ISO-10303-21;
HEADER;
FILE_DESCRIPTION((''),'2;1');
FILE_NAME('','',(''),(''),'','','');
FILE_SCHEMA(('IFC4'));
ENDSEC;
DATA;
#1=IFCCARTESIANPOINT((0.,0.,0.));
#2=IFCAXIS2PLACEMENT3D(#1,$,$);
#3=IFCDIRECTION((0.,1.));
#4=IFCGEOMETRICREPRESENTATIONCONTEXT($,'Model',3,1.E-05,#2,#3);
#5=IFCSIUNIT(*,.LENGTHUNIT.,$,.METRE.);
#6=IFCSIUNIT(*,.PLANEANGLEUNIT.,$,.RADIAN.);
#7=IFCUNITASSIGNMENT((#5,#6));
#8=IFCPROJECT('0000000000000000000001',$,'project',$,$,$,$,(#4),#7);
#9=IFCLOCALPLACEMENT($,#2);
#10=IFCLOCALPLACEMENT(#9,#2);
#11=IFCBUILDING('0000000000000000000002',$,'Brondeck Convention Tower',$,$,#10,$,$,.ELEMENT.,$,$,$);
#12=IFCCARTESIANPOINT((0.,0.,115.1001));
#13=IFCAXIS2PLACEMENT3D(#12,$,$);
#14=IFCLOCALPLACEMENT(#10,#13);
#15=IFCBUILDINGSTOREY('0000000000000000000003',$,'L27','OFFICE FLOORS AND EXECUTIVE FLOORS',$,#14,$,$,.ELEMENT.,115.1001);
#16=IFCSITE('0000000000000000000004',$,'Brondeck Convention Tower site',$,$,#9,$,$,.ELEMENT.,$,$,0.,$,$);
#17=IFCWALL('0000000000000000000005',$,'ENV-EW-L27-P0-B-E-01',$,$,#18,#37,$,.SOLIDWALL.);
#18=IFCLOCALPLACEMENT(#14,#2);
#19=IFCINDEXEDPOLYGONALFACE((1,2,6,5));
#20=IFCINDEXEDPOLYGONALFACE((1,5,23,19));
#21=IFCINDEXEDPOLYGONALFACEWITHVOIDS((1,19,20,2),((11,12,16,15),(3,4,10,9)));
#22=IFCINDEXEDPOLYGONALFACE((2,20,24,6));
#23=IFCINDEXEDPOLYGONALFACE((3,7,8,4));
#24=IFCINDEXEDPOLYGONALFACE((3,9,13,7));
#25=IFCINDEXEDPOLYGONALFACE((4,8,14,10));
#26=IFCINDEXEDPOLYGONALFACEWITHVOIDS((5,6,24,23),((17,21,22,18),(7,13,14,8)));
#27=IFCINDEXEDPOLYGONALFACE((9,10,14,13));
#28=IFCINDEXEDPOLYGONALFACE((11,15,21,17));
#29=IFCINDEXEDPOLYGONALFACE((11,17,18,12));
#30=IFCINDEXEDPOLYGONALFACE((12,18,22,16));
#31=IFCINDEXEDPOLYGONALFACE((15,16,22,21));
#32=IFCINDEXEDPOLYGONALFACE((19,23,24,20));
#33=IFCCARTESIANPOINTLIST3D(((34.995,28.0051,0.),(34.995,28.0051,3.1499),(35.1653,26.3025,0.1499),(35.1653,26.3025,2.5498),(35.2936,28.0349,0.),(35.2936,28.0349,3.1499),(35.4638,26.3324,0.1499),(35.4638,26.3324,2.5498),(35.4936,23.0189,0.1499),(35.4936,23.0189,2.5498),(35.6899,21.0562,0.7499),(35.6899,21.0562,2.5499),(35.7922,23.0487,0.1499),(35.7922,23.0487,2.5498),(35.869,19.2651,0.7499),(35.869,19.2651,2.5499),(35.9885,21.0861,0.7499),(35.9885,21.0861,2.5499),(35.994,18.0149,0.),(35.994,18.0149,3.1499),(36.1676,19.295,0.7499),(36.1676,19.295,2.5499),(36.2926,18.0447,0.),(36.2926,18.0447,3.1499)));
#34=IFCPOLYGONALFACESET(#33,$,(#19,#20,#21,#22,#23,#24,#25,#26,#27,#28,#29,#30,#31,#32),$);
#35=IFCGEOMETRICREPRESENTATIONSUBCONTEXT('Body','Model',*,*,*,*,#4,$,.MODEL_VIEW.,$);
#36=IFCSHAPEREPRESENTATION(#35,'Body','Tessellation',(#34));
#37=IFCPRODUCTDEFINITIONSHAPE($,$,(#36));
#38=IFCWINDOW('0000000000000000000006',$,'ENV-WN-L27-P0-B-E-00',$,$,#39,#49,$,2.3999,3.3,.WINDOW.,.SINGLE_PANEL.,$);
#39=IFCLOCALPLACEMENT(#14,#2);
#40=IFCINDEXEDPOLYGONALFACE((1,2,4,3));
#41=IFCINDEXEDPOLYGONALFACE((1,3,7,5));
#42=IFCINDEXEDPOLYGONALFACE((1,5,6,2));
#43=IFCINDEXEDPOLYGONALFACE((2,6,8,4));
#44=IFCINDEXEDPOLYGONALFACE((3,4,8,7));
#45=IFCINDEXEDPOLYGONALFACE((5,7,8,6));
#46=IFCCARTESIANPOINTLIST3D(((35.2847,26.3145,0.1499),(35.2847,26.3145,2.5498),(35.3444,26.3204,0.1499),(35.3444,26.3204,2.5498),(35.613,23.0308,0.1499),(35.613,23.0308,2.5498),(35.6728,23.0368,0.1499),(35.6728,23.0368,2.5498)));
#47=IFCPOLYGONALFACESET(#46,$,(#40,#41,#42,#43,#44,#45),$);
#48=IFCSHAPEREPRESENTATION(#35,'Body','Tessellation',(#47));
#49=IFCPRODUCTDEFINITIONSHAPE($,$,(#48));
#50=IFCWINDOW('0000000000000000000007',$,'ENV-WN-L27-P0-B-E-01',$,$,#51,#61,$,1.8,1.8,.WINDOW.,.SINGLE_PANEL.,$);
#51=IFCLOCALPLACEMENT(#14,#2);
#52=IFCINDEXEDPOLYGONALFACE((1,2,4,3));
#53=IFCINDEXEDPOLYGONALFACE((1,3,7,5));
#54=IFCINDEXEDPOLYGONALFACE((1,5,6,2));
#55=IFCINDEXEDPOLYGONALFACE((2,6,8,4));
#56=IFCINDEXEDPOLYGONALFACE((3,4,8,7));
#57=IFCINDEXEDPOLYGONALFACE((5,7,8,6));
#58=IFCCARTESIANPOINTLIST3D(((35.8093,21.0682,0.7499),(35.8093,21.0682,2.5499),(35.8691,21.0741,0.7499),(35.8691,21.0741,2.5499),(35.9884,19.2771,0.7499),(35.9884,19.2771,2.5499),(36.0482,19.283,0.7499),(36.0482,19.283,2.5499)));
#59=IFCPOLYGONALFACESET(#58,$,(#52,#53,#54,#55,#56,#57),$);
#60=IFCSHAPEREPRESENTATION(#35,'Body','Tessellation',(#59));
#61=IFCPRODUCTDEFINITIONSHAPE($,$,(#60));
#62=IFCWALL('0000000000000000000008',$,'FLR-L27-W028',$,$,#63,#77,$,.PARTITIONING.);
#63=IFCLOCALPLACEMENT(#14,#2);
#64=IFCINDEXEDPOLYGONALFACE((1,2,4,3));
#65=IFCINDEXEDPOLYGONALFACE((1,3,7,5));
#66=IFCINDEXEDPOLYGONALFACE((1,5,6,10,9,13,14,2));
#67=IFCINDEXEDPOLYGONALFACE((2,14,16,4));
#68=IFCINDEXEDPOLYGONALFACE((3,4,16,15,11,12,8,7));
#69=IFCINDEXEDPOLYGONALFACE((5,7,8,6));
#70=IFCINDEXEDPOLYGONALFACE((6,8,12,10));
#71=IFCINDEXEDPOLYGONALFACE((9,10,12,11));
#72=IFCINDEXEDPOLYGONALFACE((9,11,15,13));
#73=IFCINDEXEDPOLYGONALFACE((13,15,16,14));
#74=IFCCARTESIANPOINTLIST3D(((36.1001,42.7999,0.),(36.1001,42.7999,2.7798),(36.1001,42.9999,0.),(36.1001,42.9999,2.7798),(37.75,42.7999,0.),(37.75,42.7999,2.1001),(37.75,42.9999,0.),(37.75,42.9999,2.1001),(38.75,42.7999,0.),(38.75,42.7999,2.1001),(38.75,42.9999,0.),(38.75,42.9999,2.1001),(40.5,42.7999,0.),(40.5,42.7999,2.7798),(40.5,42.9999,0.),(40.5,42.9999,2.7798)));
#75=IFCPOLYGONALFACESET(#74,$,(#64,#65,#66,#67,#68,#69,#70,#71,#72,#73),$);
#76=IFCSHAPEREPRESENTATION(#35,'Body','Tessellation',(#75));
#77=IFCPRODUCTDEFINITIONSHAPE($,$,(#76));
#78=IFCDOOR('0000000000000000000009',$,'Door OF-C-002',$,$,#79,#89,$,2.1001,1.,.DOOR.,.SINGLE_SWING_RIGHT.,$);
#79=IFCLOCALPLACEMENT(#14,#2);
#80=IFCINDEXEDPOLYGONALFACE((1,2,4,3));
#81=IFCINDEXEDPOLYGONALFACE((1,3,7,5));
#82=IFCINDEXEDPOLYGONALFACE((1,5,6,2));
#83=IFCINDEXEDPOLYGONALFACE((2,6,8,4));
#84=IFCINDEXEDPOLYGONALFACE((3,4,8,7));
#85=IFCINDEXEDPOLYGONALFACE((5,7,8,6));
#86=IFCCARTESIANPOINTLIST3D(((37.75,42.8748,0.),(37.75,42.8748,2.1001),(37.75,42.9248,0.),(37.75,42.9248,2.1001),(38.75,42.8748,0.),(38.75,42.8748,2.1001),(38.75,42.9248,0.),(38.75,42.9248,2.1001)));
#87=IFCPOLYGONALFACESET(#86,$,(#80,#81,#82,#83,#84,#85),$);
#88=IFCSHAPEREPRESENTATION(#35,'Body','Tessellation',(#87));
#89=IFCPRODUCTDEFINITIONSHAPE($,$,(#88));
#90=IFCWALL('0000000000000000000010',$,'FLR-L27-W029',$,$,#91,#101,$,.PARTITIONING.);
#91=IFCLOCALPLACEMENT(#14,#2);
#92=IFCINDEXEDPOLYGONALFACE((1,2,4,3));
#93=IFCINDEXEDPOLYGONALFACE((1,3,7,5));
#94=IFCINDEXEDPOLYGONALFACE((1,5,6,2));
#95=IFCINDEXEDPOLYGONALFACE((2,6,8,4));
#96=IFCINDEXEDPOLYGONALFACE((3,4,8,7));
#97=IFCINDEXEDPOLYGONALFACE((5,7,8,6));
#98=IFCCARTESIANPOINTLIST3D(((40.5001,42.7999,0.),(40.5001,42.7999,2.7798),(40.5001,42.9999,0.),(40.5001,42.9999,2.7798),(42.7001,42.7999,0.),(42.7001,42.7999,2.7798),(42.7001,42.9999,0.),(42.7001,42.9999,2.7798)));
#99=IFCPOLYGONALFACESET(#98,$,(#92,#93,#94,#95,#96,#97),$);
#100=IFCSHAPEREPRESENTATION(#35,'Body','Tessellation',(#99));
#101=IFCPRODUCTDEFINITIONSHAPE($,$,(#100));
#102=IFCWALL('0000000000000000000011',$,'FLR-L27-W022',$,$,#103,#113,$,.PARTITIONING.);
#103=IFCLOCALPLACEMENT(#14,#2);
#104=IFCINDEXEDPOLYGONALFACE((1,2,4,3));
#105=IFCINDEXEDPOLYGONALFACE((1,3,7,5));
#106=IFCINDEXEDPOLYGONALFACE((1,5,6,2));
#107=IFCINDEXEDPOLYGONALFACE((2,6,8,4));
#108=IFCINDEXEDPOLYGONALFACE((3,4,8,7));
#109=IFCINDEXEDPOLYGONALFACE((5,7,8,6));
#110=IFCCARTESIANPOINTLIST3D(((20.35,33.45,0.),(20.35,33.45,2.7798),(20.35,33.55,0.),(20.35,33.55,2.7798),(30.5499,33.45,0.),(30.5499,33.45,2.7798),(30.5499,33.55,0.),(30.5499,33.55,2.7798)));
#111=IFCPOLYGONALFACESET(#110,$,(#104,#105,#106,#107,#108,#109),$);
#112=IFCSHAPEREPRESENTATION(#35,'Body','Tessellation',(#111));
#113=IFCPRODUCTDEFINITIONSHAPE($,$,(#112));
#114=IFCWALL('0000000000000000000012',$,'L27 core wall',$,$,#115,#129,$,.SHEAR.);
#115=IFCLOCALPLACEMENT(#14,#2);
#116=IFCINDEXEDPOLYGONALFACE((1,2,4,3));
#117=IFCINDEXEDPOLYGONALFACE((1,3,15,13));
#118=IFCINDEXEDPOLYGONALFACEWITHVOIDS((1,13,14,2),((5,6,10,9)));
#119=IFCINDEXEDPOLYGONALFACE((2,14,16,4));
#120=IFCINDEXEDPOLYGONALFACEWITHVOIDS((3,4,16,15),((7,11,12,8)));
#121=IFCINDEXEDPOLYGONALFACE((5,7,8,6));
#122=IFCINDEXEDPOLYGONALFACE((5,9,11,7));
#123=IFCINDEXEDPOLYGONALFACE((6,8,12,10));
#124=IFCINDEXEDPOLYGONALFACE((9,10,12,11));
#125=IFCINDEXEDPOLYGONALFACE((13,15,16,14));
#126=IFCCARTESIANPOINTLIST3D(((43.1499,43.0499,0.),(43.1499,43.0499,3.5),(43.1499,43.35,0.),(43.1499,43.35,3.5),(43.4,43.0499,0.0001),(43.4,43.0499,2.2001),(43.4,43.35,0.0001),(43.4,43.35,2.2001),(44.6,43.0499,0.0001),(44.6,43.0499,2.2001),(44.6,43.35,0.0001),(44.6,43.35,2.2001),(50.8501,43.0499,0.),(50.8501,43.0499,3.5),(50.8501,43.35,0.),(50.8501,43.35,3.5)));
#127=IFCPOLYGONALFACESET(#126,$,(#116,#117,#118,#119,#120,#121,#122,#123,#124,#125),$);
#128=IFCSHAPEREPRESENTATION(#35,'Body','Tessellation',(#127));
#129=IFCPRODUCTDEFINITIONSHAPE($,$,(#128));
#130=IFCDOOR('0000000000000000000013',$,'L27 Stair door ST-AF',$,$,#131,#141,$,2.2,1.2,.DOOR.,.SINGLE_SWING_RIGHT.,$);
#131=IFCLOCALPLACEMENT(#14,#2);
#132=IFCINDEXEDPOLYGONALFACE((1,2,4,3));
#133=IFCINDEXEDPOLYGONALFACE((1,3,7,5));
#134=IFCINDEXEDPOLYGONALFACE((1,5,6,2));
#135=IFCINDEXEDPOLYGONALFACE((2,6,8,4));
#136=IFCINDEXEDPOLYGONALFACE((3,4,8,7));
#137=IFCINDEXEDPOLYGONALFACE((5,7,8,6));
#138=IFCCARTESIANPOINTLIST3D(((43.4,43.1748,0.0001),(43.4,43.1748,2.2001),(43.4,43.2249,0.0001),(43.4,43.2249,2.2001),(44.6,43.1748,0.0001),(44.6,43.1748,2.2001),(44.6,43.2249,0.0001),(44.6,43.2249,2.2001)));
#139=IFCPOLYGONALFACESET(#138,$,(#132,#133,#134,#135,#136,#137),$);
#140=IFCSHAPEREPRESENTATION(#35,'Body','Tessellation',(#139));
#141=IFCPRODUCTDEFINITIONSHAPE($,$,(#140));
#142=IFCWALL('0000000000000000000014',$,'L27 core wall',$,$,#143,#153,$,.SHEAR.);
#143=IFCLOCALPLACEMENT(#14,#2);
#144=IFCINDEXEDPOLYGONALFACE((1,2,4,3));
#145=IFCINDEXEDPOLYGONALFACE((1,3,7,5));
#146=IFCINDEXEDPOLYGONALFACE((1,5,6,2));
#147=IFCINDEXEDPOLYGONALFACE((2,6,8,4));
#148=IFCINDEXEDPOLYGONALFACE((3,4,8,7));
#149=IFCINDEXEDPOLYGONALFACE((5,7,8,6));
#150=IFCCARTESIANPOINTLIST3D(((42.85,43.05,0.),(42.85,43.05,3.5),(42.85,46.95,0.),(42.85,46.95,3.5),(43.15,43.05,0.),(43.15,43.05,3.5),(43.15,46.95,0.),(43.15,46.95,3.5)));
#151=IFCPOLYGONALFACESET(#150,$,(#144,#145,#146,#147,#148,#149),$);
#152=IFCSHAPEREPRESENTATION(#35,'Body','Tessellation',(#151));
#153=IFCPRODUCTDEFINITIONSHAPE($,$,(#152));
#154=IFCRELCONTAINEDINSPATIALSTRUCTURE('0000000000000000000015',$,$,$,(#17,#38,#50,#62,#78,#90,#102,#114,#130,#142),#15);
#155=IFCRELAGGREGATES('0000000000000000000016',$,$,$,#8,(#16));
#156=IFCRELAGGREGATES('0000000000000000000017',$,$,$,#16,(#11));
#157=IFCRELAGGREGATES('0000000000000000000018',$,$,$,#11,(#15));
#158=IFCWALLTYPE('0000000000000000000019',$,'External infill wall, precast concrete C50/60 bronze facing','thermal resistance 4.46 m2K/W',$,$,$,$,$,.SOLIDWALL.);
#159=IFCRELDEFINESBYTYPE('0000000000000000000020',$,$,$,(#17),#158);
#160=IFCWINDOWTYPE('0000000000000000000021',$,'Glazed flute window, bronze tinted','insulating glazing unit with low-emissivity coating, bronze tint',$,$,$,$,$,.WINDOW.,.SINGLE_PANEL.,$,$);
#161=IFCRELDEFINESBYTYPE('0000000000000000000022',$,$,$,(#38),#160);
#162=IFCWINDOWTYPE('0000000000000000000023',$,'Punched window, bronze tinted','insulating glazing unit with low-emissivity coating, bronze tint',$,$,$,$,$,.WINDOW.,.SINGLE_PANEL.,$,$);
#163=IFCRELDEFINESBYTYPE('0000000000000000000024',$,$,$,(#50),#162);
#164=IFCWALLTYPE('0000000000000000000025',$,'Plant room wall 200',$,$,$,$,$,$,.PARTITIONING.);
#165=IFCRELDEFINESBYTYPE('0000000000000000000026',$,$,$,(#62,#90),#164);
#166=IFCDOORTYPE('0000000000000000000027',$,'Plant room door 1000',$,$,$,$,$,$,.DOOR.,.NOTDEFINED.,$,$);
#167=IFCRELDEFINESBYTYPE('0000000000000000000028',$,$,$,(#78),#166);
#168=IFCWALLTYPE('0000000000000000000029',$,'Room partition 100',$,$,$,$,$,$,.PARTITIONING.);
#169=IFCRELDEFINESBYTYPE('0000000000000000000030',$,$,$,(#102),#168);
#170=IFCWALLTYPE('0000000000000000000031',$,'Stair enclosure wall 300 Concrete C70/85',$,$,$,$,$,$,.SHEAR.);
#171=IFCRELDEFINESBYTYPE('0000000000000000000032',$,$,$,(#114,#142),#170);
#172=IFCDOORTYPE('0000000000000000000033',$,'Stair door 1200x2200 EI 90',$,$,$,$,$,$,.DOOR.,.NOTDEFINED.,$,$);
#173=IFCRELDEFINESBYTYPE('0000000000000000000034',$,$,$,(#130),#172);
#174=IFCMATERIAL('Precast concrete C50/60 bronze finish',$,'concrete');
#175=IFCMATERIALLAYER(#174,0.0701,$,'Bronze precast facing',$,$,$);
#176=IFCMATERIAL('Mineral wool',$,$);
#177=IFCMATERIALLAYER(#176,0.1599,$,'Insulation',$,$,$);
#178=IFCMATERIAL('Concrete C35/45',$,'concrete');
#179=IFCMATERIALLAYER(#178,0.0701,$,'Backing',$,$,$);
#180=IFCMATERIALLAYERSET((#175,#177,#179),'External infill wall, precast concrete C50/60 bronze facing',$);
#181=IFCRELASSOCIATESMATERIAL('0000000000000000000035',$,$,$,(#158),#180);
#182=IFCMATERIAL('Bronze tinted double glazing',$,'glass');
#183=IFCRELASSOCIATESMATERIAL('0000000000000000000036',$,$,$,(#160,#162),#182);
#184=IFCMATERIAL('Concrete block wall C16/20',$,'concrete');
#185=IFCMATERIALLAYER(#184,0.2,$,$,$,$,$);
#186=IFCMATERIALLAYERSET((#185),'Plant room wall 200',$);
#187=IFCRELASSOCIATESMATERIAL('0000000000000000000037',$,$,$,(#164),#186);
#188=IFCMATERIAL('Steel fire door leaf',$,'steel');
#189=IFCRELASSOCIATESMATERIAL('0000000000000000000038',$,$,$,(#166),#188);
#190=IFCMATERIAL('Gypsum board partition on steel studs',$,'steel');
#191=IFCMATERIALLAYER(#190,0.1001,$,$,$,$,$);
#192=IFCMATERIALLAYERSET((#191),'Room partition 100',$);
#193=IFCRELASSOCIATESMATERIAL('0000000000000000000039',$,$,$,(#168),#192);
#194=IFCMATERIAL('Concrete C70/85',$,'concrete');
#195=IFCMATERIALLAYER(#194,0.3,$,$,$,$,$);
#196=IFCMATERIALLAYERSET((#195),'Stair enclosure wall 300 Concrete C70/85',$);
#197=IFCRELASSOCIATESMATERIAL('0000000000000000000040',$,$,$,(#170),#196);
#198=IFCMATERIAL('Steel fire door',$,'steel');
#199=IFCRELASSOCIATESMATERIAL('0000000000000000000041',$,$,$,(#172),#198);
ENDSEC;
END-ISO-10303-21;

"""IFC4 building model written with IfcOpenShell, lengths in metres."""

from ifc_helpers import new_model, si_unit, direction, frame, frame_2d, origin, place, context, subcontext, project, spatial, rectangle, extrude, material, layer, layer_set, type_object, element, fill, save


model = new_model("IFC4")

# Units and contexts
model_context = context("Model", 3, precision=1e-05, world=origin(), true_north=direction((0.0, 1.0)))
body_context = subcontext(model_context, "Body", "Model", "MODEL_VIEW")
ifc_project = project(units=[si_unit("LENGTHUNIT", "METRE"), si_unit("PLANEANGLEUNIT", "RADIAN")], contexts=[model_context])

# Site, building, storey
site_placement = place(None, origin())
site = spatial("IfcSite", under=ifc_project, at=site_placement, Name="Brondeck Convention Tower site", CompositionType="ELEMENT", RefElevation=0.0)
building_placement = place(site_placement, origin())
building = spatial("IfcBuilding", under=site, at=building_placement, Name="Brondeck Convention Tower", CompositionType="ELEMENT")
storey_placement = place(building_placement, frame((0.0, 0.0, 115.1001)))
storey = spatial("IfcBuildingStorey", under=building, at=storey_placement, Name="L27", Description="OFFICE FLOORS AND EXECUTIVE FLOORS", CompositionType="ELEMENT", Elevation=115.1001)

# Shared definitions
ifc_material_1 = material(Name="Concrete C70/85", Category="concrete")

# Wall, openings, windows
ifc_material_2 = material(Name="Precast concrete C50/60 bronze finish", Category="concrete")
ifc_layer_1 = layer(ifc_material_2, 0.0701, Name="Bronze precast facing")
ifc_material_3 = material(Name="Mineral wool")
ifc_layer_2 = layer(ifc_material_3, 0.1599, Name="Insulation")
ifc_material_4 = material(Name="Concrete C35/45", Category="concrete")
ifc_layer_3 = layer(ifc_material_4, 0.0701, Name="Backing")
ifc_layer_set_1 = layer_set([ifc_layer_1, ifc_layer_2, ifc_layer_3], Name="External infill wall, precast concrete C50/60 bronze facing")
wall_type_1 = type_object("IfcWallType", Name="External infill wall, precast concrete C50/60 bronze facing", Description="thermal resistance 4.46 m2K/W", PredefinedType="SOLIDWALL", material=ifc_layer_set_1)
wall_1_placement = place(storey_placement, frame((35.1443, 28.02, 0.0), z_axis=(0.0, 0.0, 1.0), x_axis=(0.099504, -0.995037, 0.0)))
wall_1 = element("IfcWall", 1, at=wall_1_placement, inside=storey, type_object=wall_type_1, Name="ENV-EW-L27-P0-B-E-01", PredefinedType="SOLIDWALL", context=body_context, shape_type="SweptSolid", body=[
    extrude(rectangle(XDim=10.04, YDim=0.3, at=frame_2d((5.02, 0.0))), origin(), (0.0, 0.0, 1.0), 3.1499),
])
opening_1_placement = place(wall_1_placement, frame((1.7112, 0.0, 0.1499)))
opening_1 = element("IfcOpeningElement", 2, at=opening_1_placement, cuts=wall_1, PredefinedType="OPENING", context=body_context, shape_type="SweptSolid", body=[
    extrude(rectangle(XDim=3.3, YDim=2.3999, at=frame_2d((1.6499, 1.2))), frame((0.0, 0.1599, 0.0), z_axis=(0.0, -1.0, 0.0), x_axis=(1.0, 0.0, 0.0)), (0.0, 0.0, 1.0), 0.3201),
])
opening_2_placement = place(wall_1_placement, frame((6.9836, 0.0, 0.75)))
opening_2 = element("IfcOpeningElement", 3, at=opening_2_placement, cuts=wall_1, PredefinedType="OPENING", context=body_context, shape_type="SweptSolid", body=[
    extrude(rectangle(XDim=1.8, YDim=1.8, at=frame_2d((0.8999, 0.8999))), frame((0.0, 0.1599, 0.0), z_axis=(0.0, -1.0, 0.0), x_axis=(1.0, 0.0, 0.0)), (0.0, 0.0, 1.0), 0.3201),
])
ifc_material_5 = material(Name="Bronze tinted double glazing", Category="glass")
window_type_1 = type_object("IfcWindowType", Name="Glazed flute window, bronze tinted", Description="insulating glazing unit with low-emissivity coating, bronze tint", PartitioningType="SINGLE_PANEL", PredefinedType="WINDOW", material=ifc_material_5)
window_1_placement = place(opening_1_placement, origin())
window_1 = element("IfcWindow", 4, at=window_1_placement, inside=storey, type_object=window_type_1, Name="ENV-WN-L27-P0-B-E-00", OverallHeight=2.3999, OverallWidth=3.3, PartitioningType="SINGLE_PANEL", PredefinedType="WINDOW", context=body_context, shape_type="SweptSolid", body=[
    extrude(rectangle(XDim=3.3, YDim=2.3999, at=frame_2d((1.6499, 1.2))), frame((0.0, 0.03, 0.0), z_axis=(0.0, -1.0, 0.0), x_axis=(1.0, 0.0, 0.0)), (0.0, 0.0, 1.0), 0.0601),
])
fill(opening_1, window_1)
window_type_2 = type_object("IfcWindowType", Name="Punched window, bronze tinted", Description="insulating glazing unit with low-emissivity coating, bronze tint", PartitioningType="SINGLE_PANEL", PredefinedType="WINDOW", material=ifc_material_5)
window_2_placement = place(opening_2_placement, origin())
window_2 = element("IfcWindow", 5, at=window_2_placement, inside=storey, type_object=window_type_2, Name="ENV-WN-L27-P0-B-E-01", OverallHeight=1.8, OverallWidth=1.8, PartitioningType="SINGLE_PANEL", PredefinedType="WINDOW", context=body_context, shape_type="SweptSolid", body=[
    extrude(rectangle(XDim=1.8, YDim=1.8, at=frame_2d((0.8999, 0.8999))), frame((0.0, 0.03, 0.0), z_axis=(0.0, -1.0, 0.0), x_axis=(1.0, 0.0, 0.0)), (0.0, 0.0, 1.0), 0.0601),
])
fill(opening_2, window_2)

# Wall, opening, door
ifc_material_6 = material(Name="Concrete block wall C16/20", Category="concrete")
ifc_layer_4 = layer(ifc_material_6, 0.2)
ifc_layer_set_2 = layer_set([ifc_layer_4], Name="Plant room wall 200")
wall_type_2 = type_object("IfcWallType", Name="Plant room wall 200", PredefinedType="PARTITIONING", material=ifc_layer_set_2)
wall_2_placement = place(storey_placement, frame((36.1001, 42.8999, 0.0), z_axis=(0.0, 0.0, 1.0), x_axis=(1.0, 0.0, 0.0)))
wall_2 = element("IfcWall", 6, at=wall_2_placement, inside=storey, type_object=wall_type_2, Name="FLR-L27-W028", PredefinedType="PARTITIONING", context=body_context, shape_type="SweptSolid", body=[
    extrude(rectangle(XDim=4.3999, YDim=0.2, at=frame_2d((2.2, 0.0))), origin(), (0.0, 0.0, 1.0), 2.7798),
])
opening_3_placement = place(wall_2_placement, frame((1.6499, 0.0, 0.0)))
opening_3 = element("IfcOpeningElement", 7, at=opening_3_placement, cuts=wall_2, PredefinedType="OPENING", context=body_context, shape_type="SweptSolid", body=[
    extrude(rectangle(XDim=1.0, YDim=2.1001, at=frame_2d((0.5, 1.05))), frame((0.0, 0.1099, 0.0), z_axis=(0.0, -1.0, 0.0), x_axis=(1.0, 0.0, 0.0)), (0.0, 0.0, 1.0), 0.22),
])
ifc_material_7 = material(Name="Steel fire door leaf", Category="steel")
door_type_1 = type_object("IfcDoorType", Name="Plant room door 1000", OperationType="NOTDEFINED", PredefinedType="DOOR", material=ifc_material_7)
door_1_placement = place(opening_3_placement, origin())
door_1 = element("IfcDoor", 8, at=door_1_placement, inside=storey, type_object=door_type_1, Name="Door OF-C-002", OperationType="SINGLE_SWING_RIGHT", OverallHeight=2.1001, OverallWidth=1.0, PredefinedType="DOOR", context=body_context, shape_type="SweptSolid", body=[
    extrude(rectangle(XDim=1.0, YDim=2.1001, at=frame_2d((0.5, 1.05))), frame((0.0, 0.0249, 0.0), z_axis=(0.0, -1.0, 0.0), x_axis=(1.0, 0.0, 0.0)), (0.0, 0.0, 1.0), 0.05),
])
fill(opening_3, door_1)

# Walls
wall_3_placement = place(storey_placement, frame((40.5, 42.8999, 0.0), z_axis=(0.0, 0.0, 1.0), x_axis=(1.0, 0.0, 0.0)))
element("IfcWall", 9, at=wall_3_placement, inside=storey, type_object=wall_type_2, Name="FLR-L27-W029", PredefinedType="PARTITIONING", context=body_context, shape_type="SweptSolid", body=[
    extrude(rectangle(XDim=2.2, YDim=0.2, at=frame_2d((1.1001, 0.0))), origin(), (0.0, 0.0, 1.0), 2.7798),
])
ifc_material_8 = material(Name="Gypsum board partition on steel studs", Category="steel")
ifc_layer_5 = layer(ifc_material_8, 0.1001)
ifc_layer_set_3 = layer_set([ifc_layer_5], Name="Room partition 100")
wall_type_3 = type_object("IfcWallType", Name="Room partition 100", PredefinedType="PARTITIONING", material=ifc_layer_set_3)
wall_4_placement = place(storey_placement, frame((30.55, 33.5, 0.0), z_axis=(0.0, 0.0, 1.0), x_axis=(-1.0, 0.0, 0.0)))
element("IfcWall", 10, at=wall_4_placement, inside=storey, type_object=wall_type_3, Name="FLR-L27-W022", PredefinedType="PARTITIONING", context=body_context, shape_type="SweptSolid", body=[
    extrude(rectangle(XDim=10.2, YDim=0.1001, at=frame_2d((5.1001, 0.0))), origin(), (0.0, 0.0, 1.0), 2.7798),
])

# Wall, opening, door
ifc_layer_6 = layer(ifc_material_1, 0.3)
ifc_layer_set_4 = layer_set([ifc_layer_6], Name="Stair enclosure wall 300 Concrete C70/85")
wall_type_4 = type_object("IfcWallType", Name="Stair enclosure wall 300 Concrete C70/85", PredefinedType="SHEAR", material=ifc_layer_set_4)
wall_5_placement = place(storey_placement, frame((43.1499, 43.2, 0.0), z_axis=(0.0, 0.0, 1.0), x_axis=(1.0, 0.0, 0.0)))
wall_5 = element("IfcWall", 11, at=wall_5_placement, inside=storey, type_object=wall_type_4, Name="L27 core wall", PredefinedType="SHEAR", context=body_context, shape_type="SweptSolid", body=[
    extrude(rectangle(XDim=7.7002, YDim=0.3, at=frame_2d((3.8501, 0.0))), origin(), (0.0, 0.0, 1.0), 3.5),
])
opening_4_placement = place(wall_5_placement, frame((0.25, 0.0, 0.0)))
opening_4 = element("IfcOpeningElement", 12, at=opening_4_placement, cuts=wall_5, PredefinedType="OPENING", context=body_context, shape_type="SweptSolid", body=[
    extrude(rectangle(XDim=1.2, YDim=2.2, at=frame_2d((0.6001, 1.1001))), frame((0.0, 0.1599, 0.0), z_axis=(0.0, -1.0, 0.0), x_axis=(1.0, 0.0, 0.0)), (0.0, 0.0, 1.0), 0.3201),
])
ifc_material_9 = material(Name="Steel fire door", Category="steel")
door_type_2 = type_object("IfcDoorType", Name="Stair door 1200x2200 EI 90", OperationType="NOTDEFINED", PredefinedType="DOOR", material=ifc_material_9)
door_2_placement = place(opening_4_placement, origin())
door_2 = element("IfcDoor", 13, at=door_2_placement, inside=storey, type_object=door_type_2, Name="L27 Stair door ST-AF", OperationType="SINGLE_SWING_RIGHT", OverallHeight=2.2, OverallWidth=1.2, PredefinedType="DOOR", context=body_context, shape_type="SweptSolid", body=[
    extrude(rectangle(XDim=1.2, YDim=2.2, at=frame_2d((0.6001, 1.1001))), frame((0.0, 0.0249, 0.0), z_axis=(0.0, -1.0, 0.0), x_axis=(1.0, 0.0, 0.0)), (0.0, 0.0, 1.0), 0.05),
])
fill(opening_4, door_2)

# Wall
wall_6_placement = place(storey_placement, frame((43.0, 43.05, 0.0), z_axis=(0.0, 0.0, 1.0), x_axis=(0.0, 1.0, 0.0)))
element("IfcWall", 14, at=wall_6_placement, inside=storey, type_object=wall_type_4, Name="L27 core wall", PredefinedType="SHEAR", context=body_context, shape_type="SweptSolid", body=[
    extrude(rectangle(XDim=3.8999, YDim=0.3, at=frame_2d((1.95, 0.0))), origin(), (0.0, 0.0, 1.0), 3.5),
])

save(model, "model.ifc")
